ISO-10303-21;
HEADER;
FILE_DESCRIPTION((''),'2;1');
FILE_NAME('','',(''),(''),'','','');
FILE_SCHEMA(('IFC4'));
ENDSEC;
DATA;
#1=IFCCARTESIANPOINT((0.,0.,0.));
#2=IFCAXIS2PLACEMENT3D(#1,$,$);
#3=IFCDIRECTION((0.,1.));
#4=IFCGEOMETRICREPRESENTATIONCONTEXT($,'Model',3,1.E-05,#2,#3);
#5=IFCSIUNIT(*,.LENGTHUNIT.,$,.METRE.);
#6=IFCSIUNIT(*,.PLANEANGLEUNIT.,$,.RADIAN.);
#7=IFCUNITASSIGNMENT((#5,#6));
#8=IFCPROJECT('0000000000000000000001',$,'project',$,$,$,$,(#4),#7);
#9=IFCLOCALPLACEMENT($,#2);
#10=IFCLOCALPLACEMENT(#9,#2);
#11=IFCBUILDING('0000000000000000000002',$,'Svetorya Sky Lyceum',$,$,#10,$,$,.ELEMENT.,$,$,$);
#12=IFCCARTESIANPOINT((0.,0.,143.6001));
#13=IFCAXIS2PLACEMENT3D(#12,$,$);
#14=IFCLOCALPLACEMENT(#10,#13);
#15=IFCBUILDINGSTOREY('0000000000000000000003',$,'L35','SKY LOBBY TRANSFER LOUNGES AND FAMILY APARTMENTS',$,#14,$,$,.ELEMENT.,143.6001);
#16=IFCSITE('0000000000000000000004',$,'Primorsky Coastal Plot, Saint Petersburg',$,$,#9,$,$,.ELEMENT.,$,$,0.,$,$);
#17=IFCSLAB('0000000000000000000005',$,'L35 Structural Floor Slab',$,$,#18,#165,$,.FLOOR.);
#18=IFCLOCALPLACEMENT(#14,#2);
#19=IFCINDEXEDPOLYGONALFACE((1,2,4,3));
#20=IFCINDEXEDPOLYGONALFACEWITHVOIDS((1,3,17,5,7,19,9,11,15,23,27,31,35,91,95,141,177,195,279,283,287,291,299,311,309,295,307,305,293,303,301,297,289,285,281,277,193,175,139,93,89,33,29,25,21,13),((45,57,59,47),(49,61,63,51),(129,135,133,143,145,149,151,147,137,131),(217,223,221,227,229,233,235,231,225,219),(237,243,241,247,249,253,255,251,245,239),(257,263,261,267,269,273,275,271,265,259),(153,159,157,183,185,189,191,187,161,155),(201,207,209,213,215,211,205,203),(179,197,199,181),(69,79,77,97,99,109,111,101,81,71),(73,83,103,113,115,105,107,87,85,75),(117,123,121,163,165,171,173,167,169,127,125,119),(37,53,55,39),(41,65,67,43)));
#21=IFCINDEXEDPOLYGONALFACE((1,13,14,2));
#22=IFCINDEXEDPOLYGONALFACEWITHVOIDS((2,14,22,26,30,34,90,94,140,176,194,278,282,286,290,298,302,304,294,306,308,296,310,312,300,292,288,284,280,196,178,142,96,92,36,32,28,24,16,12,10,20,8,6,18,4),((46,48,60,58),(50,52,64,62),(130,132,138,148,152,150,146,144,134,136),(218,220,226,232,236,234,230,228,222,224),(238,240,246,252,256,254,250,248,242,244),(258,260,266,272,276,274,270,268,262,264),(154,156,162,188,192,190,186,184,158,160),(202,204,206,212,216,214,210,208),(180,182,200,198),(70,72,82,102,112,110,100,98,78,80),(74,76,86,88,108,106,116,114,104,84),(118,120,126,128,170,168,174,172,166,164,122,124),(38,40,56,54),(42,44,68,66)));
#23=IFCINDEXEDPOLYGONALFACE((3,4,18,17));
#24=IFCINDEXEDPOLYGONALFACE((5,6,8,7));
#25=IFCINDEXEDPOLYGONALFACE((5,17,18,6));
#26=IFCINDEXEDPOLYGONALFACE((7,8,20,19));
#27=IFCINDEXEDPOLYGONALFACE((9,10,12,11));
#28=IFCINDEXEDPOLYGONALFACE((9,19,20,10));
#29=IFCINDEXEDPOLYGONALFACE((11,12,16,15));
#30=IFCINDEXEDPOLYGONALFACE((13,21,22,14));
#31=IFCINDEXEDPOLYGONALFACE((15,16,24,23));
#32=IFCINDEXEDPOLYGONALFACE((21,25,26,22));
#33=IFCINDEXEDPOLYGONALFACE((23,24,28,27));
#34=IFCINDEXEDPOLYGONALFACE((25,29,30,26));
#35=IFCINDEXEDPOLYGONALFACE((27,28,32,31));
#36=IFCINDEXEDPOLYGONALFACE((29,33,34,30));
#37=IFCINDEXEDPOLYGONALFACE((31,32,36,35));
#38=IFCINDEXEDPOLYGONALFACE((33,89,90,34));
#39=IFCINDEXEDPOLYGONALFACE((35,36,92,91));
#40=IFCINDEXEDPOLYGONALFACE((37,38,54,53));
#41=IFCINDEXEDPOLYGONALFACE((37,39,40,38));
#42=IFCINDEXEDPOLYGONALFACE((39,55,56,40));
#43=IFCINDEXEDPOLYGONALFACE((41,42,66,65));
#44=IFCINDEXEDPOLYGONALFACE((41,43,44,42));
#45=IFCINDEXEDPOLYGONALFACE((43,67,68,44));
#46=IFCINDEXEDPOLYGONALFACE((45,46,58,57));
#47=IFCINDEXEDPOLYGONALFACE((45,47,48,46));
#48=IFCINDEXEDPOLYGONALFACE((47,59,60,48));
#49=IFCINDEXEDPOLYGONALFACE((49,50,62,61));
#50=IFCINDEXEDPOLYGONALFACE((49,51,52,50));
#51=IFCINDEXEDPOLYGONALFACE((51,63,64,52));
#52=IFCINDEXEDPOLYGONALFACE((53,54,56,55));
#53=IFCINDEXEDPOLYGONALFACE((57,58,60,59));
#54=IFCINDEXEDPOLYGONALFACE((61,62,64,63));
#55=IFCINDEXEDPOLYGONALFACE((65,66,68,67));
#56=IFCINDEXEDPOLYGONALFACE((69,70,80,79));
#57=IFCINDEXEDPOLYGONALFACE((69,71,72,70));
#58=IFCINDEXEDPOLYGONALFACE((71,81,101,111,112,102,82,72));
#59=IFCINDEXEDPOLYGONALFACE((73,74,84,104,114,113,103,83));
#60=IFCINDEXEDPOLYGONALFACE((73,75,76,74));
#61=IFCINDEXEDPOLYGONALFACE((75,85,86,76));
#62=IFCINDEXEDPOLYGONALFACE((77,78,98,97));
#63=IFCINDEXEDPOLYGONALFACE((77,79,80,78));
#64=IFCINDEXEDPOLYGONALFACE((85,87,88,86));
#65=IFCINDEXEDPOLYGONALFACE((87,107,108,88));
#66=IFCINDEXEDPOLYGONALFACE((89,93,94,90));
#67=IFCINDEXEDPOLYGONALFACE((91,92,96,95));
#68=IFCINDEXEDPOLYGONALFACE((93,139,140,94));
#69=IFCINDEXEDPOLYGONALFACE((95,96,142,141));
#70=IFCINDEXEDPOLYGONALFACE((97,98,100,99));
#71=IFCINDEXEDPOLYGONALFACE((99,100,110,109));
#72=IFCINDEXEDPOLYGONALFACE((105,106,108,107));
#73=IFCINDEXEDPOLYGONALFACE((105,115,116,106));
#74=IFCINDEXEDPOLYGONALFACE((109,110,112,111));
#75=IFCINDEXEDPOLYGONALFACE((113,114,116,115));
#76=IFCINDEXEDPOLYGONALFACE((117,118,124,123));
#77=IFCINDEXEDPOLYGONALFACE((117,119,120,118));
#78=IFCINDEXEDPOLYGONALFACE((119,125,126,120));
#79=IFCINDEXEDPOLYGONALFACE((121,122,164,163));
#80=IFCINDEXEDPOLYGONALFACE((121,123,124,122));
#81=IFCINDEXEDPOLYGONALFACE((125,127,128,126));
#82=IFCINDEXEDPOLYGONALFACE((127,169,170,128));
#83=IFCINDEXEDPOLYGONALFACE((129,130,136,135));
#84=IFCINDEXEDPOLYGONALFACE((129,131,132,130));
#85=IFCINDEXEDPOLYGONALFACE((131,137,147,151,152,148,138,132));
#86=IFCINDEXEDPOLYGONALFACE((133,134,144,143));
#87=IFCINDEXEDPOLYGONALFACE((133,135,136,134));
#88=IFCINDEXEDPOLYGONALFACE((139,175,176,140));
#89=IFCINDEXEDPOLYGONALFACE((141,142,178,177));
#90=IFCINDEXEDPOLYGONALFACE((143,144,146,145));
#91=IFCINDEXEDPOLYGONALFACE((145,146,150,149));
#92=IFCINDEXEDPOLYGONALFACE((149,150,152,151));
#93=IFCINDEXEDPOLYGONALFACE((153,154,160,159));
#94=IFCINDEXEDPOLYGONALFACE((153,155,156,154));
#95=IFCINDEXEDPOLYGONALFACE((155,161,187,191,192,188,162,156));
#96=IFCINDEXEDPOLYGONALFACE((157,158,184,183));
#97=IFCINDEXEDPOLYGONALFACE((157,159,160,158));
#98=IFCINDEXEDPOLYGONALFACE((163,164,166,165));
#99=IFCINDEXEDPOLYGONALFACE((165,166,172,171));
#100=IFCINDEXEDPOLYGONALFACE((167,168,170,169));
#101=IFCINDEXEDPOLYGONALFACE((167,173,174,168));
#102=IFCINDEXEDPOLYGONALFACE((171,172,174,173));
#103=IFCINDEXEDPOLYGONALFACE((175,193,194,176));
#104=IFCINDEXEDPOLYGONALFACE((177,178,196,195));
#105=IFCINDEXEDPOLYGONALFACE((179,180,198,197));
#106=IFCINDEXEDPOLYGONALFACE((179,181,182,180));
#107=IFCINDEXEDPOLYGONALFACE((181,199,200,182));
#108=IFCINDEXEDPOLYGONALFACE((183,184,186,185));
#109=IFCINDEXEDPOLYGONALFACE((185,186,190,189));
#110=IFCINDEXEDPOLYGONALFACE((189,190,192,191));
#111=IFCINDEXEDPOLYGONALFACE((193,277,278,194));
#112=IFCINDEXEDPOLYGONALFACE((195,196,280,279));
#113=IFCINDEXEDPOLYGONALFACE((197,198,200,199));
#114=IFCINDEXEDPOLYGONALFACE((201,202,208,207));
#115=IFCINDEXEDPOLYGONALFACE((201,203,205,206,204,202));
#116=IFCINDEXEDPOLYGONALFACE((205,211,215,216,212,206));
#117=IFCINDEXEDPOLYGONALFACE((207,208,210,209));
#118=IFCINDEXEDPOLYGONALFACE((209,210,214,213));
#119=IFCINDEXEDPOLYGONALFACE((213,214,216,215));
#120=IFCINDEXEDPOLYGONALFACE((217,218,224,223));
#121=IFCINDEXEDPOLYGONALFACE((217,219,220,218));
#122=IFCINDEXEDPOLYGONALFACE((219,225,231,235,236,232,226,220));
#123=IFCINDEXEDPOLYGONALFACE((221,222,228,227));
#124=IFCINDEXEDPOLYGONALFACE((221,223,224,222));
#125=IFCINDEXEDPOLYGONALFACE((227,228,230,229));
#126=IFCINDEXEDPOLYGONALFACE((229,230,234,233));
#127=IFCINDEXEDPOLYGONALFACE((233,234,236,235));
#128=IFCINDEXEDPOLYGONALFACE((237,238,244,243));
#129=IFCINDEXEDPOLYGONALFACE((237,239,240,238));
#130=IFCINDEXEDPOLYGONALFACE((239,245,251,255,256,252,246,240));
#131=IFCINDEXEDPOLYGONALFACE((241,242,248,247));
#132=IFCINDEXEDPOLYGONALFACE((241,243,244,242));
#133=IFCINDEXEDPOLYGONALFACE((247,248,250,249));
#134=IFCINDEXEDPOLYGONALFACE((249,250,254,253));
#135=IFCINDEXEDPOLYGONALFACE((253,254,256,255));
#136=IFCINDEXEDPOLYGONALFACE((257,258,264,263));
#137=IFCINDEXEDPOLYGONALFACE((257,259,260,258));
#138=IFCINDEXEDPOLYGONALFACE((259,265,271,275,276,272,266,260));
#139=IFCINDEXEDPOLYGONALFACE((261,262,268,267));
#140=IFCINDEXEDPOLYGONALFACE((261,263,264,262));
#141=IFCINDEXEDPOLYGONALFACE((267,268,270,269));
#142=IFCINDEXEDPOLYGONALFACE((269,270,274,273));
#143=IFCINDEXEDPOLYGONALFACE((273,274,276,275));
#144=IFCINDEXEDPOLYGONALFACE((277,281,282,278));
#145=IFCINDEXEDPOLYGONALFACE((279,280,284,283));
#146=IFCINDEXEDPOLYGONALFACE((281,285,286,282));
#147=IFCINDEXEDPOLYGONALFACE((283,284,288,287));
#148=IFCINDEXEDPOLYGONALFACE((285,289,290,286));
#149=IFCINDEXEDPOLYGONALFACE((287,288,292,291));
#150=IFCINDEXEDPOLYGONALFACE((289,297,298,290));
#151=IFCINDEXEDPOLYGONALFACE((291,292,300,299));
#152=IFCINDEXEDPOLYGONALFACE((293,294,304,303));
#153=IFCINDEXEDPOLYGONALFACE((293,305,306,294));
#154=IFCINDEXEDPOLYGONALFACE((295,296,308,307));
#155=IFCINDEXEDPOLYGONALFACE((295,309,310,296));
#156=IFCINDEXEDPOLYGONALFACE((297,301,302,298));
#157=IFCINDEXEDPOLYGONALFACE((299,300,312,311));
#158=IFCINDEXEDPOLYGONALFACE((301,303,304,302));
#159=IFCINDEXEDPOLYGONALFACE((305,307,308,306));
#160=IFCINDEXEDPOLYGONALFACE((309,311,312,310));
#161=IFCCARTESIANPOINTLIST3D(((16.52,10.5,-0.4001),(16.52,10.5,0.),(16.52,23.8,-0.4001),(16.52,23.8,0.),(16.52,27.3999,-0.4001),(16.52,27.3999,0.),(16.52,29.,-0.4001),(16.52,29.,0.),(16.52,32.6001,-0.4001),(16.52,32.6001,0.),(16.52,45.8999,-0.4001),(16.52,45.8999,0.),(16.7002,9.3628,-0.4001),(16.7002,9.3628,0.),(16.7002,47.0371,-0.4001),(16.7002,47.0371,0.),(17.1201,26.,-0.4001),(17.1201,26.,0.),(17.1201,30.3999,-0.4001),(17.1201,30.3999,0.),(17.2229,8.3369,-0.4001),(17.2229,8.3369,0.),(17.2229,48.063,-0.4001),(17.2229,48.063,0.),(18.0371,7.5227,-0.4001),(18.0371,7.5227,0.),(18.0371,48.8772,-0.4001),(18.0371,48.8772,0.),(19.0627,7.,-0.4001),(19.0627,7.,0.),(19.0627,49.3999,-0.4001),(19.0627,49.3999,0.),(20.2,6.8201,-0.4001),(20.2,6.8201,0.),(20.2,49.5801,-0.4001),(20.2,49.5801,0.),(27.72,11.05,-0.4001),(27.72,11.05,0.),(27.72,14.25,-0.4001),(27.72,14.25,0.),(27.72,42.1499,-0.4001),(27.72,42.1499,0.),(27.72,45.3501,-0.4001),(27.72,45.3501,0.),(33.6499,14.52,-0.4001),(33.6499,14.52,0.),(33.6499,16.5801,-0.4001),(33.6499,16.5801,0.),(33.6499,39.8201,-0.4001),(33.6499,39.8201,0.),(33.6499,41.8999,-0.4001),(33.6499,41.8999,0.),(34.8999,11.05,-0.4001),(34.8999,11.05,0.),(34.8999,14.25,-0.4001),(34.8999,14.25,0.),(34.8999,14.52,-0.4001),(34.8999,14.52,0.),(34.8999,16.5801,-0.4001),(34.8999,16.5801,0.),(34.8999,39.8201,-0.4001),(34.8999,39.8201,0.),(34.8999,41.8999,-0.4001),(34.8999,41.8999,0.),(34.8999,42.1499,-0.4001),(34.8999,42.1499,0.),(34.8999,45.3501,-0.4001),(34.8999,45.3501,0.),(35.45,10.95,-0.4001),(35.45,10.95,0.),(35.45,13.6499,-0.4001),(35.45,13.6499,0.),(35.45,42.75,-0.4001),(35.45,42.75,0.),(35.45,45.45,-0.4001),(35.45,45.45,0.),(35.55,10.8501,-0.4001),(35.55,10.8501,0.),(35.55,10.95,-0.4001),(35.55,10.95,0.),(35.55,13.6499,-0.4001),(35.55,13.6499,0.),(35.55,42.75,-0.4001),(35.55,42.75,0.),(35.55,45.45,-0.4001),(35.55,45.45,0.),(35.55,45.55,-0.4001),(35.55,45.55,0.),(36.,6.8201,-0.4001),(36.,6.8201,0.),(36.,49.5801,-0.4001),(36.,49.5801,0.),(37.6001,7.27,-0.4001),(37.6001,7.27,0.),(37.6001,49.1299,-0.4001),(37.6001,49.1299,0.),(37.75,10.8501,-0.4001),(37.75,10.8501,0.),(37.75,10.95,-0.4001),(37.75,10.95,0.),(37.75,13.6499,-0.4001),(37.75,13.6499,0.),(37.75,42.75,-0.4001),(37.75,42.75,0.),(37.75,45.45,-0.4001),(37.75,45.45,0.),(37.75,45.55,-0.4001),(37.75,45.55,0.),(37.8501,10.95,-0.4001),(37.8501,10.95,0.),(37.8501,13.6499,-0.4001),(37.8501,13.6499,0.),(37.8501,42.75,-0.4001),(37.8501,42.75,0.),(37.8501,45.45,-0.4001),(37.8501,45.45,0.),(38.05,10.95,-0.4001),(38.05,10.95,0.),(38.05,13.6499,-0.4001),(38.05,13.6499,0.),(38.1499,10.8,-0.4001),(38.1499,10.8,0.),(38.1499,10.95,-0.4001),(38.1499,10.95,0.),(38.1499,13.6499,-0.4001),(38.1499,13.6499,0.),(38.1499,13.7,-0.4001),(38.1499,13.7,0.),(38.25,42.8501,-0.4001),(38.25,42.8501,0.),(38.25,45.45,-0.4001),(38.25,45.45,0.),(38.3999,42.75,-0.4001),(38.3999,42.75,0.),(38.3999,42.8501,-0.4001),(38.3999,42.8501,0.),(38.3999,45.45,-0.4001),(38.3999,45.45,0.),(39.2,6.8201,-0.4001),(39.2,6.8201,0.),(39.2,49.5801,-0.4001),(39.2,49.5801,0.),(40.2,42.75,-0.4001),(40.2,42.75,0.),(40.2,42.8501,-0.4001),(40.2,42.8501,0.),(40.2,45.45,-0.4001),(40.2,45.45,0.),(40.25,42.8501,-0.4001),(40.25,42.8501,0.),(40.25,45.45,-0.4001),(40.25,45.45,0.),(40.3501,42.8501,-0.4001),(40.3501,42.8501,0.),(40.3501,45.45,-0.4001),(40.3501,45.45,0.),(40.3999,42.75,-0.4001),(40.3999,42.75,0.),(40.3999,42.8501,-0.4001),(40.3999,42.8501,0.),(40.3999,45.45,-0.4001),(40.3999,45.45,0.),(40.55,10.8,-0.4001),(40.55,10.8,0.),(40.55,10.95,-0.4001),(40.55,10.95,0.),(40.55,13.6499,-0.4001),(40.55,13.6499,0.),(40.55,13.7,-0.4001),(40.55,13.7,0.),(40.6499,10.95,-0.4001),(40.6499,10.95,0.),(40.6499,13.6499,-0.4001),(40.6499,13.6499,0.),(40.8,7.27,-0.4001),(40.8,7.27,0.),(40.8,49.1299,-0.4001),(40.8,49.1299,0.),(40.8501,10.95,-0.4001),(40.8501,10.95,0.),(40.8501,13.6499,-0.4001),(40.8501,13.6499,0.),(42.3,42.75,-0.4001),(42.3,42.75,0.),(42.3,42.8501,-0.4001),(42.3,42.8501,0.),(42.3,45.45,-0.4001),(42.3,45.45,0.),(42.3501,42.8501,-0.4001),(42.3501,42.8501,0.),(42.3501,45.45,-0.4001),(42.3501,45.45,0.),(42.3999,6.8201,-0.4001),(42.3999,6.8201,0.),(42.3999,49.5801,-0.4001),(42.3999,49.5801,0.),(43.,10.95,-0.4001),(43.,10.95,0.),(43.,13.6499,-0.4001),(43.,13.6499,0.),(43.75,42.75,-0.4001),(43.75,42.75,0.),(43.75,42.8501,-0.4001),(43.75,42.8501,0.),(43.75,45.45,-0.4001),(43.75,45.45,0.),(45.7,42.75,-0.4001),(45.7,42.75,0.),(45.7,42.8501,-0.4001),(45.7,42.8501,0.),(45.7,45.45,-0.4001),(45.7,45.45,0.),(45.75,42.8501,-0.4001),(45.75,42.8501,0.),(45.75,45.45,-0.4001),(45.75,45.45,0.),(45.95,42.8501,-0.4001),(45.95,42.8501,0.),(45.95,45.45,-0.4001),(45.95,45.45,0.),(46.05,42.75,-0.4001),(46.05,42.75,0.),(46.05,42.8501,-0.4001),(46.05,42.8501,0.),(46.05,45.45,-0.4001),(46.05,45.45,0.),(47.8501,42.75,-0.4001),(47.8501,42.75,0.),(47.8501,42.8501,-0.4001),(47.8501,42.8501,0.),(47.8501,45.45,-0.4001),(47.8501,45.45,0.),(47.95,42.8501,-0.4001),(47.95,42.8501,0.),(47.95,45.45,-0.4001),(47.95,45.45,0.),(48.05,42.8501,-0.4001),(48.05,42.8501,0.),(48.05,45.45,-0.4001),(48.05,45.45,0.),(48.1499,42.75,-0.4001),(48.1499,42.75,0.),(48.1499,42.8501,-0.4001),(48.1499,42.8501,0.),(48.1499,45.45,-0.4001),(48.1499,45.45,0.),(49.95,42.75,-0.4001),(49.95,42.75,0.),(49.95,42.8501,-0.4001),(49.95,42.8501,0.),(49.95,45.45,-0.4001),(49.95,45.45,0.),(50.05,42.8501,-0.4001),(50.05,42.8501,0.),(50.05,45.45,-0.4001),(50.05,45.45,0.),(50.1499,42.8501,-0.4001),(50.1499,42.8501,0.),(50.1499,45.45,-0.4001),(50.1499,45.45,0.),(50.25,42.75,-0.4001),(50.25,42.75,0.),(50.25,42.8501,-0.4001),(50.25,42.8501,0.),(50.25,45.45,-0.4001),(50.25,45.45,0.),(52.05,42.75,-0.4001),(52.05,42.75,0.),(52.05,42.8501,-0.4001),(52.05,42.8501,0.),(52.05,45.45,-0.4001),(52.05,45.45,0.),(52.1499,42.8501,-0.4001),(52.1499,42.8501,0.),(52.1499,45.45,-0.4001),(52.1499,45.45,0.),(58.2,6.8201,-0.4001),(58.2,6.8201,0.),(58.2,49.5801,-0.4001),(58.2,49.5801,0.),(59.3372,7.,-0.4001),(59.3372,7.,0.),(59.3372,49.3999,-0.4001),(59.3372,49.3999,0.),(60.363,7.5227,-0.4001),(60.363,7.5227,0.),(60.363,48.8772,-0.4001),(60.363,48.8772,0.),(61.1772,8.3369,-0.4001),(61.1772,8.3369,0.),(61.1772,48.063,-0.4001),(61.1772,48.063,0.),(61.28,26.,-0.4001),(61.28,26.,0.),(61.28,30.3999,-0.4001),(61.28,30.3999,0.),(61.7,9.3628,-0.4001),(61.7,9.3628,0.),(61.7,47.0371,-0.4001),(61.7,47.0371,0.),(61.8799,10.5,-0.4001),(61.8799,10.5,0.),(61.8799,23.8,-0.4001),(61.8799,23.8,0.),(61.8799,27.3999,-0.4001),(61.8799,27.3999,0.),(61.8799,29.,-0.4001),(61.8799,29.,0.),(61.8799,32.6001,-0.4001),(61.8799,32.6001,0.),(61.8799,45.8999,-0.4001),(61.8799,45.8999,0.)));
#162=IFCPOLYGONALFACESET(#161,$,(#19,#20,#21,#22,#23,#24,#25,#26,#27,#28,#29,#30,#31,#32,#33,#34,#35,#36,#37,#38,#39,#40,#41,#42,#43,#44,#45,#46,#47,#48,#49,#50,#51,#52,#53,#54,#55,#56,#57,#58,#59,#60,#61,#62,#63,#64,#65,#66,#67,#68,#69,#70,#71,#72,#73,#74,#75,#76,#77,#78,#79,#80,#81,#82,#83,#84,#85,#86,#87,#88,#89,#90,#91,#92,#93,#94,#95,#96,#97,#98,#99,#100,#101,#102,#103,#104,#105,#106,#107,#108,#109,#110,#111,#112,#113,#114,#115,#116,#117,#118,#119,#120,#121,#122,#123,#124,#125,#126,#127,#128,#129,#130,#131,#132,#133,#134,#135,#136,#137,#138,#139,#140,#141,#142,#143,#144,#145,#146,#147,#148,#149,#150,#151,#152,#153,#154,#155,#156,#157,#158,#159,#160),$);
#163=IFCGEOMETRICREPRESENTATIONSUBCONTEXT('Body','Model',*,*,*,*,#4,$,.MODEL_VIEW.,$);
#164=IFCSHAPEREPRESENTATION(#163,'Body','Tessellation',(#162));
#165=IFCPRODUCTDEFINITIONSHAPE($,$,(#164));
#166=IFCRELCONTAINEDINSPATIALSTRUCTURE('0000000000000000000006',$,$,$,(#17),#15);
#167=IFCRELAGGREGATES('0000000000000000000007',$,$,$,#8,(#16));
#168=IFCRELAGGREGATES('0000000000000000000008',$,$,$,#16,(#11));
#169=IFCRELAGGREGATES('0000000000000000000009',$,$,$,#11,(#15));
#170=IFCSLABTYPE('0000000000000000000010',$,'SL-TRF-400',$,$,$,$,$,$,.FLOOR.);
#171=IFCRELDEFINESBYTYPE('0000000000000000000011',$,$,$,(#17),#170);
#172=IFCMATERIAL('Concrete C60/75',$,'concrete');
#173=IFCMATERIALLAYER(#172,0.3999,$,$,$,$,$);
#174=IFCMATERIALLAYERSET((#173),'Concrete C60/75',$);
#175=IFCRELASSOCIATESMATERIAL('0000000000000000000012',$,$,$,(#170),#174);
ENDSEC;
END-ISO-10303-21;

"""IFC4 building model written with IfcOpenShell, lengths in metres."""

from ifc_helpers import new_model, si_unit, direction, frame, origin, place, context, subcontext, project, spatial, polyline, outline, extrude, material, layer, layer_set, type_object, element, save


model = new_model("IFC4")

# Units and contexts
model_context = context("Model", 3, precision=1e-05, world=origin(), true_north=direction((0.0, 1.0)))
body_context = subcontext(model_context, "Body", "Model", "MODEL_VIEW")
ifc_project = project(units=[si_unit("LENGTHUNIT", "METRE"), si_unit("PLANEANGLEUNIT", "RADIAN")], contexts=[model_context])

# Site, building, storey
site_placement = place(None, origin())
site = spatial("IfcSite", under=ifc_project, at=site_placement, Name="Primorsky Coastal Plot, Saint Petersburg", CompositionType="ELEMENT", RefElevation=0.0)
building_placement = place(site_placement, origin())
building = spatial("IfcBuilding", under=site, at=building_placement, Name="Svetorya Sky Lyceum", CompositionType="ELEMENT")
storey_placement = place(building_placement, frame((0.0, 0.0, 143.6001)))
storey = spatial("IfcBuildingStorey", under=building, at=storey_placement, Name="L35", Description="SKY LOBBY TRANSFER LOUNGES AND FAMILY APARTMENTS", CompositionType="ELEMENT", Elevation=143.6001)

# Slab
ifc_material_1 = material(Name="Concrete C60/75", Category="concrete")
ifc_layer_1 = layer(ifc_material_1, 0.3999)
ifc_layer_set_1 = layer_set([ifc_layer_1], Name="Concrete C60/75")
slab_type_1 = type_object("IfcSlabType", Name="SL-TRF-400", PredefinedType="FLOOR", material=ifc_layer_set_1)
slab_1_placement = place(storey_placement, frame((0.0, 0.0, -0.4001)))
element("IfcSlab", 1, at=slab_1_placement, inside=storey, type_object=slab_type_1, Name="L35 Structural Floor Slab", PredefinedType="FLOOR", context=body_context, shape_type="SweptSolid", body=[
    extrude(outline(polyline([(16.52, 10.5), (16.7002, 9.3628), (17.2229, 8.3369), (18.0371, 7.5227), (19.0627, 7.0), (20.2, 6.8201), (36.0, 6.8201), (37.6001, 7.27), (39.2, 6.8201), (40.8, 7.27), (42.3999, 6.8201), (58.2, 6.8201), (59.3372, 7.0), (60.363, 7.5227), (61.1772, 8.3369), (61.7, 9.3628), (61.8799, 10.5), (61.8799, 23.8), (61.28, 26.0), (61.8799, 27.3999), (61.8799, 29.0), (61.28, 30.3999), (61.8799, 32.6001), (61.8799, 45.8999), (61.7, 47.0371), (61.1772, 48.063), (60.363, 48.8772), (59.3372, 49.3999), (58.2, 49.5801), (42.3999, 49.5801), (40.8, 49.1299), (39.2, 49.5801), (37.6001, 49.1299), (36.0, 49.5801), (20.2, 49.5801), (19.0627, 49.3999), (18.0371, 48.8772), (17.2229, 48.063), (16.7002, 47.0371), (16.52, 45.8999), (16.52, 32.6001), (17.1201, 30.3999), (16.52, 29.0), (16.52, 27.3999), (17.1201, 26.0), (16.52, 23.8), (16.52, 10.5)]), holes=[polyline([(37.8501, 10.95), (37.75, 10.95), (37.75, 10.8501), (35.55, 10.8501), (35.55, 10.95), (35.45, 10.95), (35.45, 13.6499), (35.55, 13.6499), (37.75, 13.6499), (37.8501, 13.6499), (37.8501, 10.95)]), polyline([(40.6499, 13.6499), (40.6499, 10.95), (40.55, 10.95), (40.55, 10.8), (38.1499, 10.8), (38.1499, 10.95), (38.05, 10.95), (38.05, 13.6499), (38.1499, 13.6499), (38.1499, 13.7), (40.55, 13.7), (40.55, 13.6499), (40.6499, 13.6499)]), polyline([(27.72, 14.25), (34.8999, 14.25), (34.8999, 11.05), (27.72, 11.05), (27.72, 14.25)]), polyline([(33.6499, 14.52), (33.6499, 16.5801), (34.8999, 16.5801), (34.8999, 14.52), (33.6499, 14.52)]), polyline([(33.6499, 41.8999), (34.8999, 41.8999), (34.8999, 39.8201), (33.6499, 39.8201), (33.6499, 41.8999)]), polyline([(27.72, 45.3501), (34.8999, 45.3501), (34.8999, 42.1499), (27.72, 42.1499), (27.72, 45.3501)]), polyline([(37.75, 45.55), (37.75, 45.45), (37.8501, 45.45), (37.8501, 42.75), (37.75, 42.75), (35.55, 42.75), (35.45, 42.75), (35.45, 45.45), (35.55, 45.45), (35.55, 45.55), (37.75, 45.55)]), polyline([(38.3999, 42.8501), (38.25, 42.8501), (38.25, 45.45), (38.3999, 45.45), (40.2, 45.45), (40.25, 45.45), (40.25, 42.8501), (40.2, 42.8501), (40.2, 42.75), (38.3999, 42.75), (38.3999, 42.8501)]), polyline([(40.8501, 13.6499), (43.0, 13.6499), (43.0, 10.95), (40.8501, 10.95), (40.8501, 13.6499)]), polyline([(40.3999, 42.8501), (40.3501, 42.8501), (40.3501, 45.45), (40.3999, 45.45), (42.3, 45.45), (42.3501, 45.45), (42.3501, 42.8501), (42.3, 42.8501), (42.3, 42.75), (40.3999, 42.75), (40.3999, 42.8501)]), polyline([(43.75, 42.75), (43.75, 42.8501), (43.75, 45.45), (45.7, 45.45), (45.75, 45.45), (45.75, 42.8501), (45.7, 42.8501), (45.7, 42.75), (43.75, 42.75)]), polyline([(46.05, 42.8501), (45.95, 42.8501), (45.95, 45.45), (46.05, 45.45), (47.8501, 45.45), (47.95, 45.45), (47.95, 42.8501), (47.8501, 42.8501), (47.8501, 42.75), (46.05, 42.75), (46.05, 42.8501)]), polyline([(48.1499, 42.8501), (48.05, 42.8501), (48.05, 45.45), (48.1499, 45.45), (49.95, 45.45), (50.05, 45.45), (50.05, 42.8501), (49.95, 42.8501), (49.95, 42.75), (48.1499, 42.75), (48.1499, 42.8501)]), polyline([(52.1499, 42.8501), (52.05, 42.8501), (52.05, 42.75), (50.25, 42.75), (50.25, 42.8501), (50.1499, 42.8501), (50.1499, 45.45), (50.25, 45.45), (52.05, 45.45), (52.1499, 45.45), (52.1499, 42.8501)])]), origin(), (0.0, 0.0, 1.0), 0.4001),
])

save(model, "model.ifc")
